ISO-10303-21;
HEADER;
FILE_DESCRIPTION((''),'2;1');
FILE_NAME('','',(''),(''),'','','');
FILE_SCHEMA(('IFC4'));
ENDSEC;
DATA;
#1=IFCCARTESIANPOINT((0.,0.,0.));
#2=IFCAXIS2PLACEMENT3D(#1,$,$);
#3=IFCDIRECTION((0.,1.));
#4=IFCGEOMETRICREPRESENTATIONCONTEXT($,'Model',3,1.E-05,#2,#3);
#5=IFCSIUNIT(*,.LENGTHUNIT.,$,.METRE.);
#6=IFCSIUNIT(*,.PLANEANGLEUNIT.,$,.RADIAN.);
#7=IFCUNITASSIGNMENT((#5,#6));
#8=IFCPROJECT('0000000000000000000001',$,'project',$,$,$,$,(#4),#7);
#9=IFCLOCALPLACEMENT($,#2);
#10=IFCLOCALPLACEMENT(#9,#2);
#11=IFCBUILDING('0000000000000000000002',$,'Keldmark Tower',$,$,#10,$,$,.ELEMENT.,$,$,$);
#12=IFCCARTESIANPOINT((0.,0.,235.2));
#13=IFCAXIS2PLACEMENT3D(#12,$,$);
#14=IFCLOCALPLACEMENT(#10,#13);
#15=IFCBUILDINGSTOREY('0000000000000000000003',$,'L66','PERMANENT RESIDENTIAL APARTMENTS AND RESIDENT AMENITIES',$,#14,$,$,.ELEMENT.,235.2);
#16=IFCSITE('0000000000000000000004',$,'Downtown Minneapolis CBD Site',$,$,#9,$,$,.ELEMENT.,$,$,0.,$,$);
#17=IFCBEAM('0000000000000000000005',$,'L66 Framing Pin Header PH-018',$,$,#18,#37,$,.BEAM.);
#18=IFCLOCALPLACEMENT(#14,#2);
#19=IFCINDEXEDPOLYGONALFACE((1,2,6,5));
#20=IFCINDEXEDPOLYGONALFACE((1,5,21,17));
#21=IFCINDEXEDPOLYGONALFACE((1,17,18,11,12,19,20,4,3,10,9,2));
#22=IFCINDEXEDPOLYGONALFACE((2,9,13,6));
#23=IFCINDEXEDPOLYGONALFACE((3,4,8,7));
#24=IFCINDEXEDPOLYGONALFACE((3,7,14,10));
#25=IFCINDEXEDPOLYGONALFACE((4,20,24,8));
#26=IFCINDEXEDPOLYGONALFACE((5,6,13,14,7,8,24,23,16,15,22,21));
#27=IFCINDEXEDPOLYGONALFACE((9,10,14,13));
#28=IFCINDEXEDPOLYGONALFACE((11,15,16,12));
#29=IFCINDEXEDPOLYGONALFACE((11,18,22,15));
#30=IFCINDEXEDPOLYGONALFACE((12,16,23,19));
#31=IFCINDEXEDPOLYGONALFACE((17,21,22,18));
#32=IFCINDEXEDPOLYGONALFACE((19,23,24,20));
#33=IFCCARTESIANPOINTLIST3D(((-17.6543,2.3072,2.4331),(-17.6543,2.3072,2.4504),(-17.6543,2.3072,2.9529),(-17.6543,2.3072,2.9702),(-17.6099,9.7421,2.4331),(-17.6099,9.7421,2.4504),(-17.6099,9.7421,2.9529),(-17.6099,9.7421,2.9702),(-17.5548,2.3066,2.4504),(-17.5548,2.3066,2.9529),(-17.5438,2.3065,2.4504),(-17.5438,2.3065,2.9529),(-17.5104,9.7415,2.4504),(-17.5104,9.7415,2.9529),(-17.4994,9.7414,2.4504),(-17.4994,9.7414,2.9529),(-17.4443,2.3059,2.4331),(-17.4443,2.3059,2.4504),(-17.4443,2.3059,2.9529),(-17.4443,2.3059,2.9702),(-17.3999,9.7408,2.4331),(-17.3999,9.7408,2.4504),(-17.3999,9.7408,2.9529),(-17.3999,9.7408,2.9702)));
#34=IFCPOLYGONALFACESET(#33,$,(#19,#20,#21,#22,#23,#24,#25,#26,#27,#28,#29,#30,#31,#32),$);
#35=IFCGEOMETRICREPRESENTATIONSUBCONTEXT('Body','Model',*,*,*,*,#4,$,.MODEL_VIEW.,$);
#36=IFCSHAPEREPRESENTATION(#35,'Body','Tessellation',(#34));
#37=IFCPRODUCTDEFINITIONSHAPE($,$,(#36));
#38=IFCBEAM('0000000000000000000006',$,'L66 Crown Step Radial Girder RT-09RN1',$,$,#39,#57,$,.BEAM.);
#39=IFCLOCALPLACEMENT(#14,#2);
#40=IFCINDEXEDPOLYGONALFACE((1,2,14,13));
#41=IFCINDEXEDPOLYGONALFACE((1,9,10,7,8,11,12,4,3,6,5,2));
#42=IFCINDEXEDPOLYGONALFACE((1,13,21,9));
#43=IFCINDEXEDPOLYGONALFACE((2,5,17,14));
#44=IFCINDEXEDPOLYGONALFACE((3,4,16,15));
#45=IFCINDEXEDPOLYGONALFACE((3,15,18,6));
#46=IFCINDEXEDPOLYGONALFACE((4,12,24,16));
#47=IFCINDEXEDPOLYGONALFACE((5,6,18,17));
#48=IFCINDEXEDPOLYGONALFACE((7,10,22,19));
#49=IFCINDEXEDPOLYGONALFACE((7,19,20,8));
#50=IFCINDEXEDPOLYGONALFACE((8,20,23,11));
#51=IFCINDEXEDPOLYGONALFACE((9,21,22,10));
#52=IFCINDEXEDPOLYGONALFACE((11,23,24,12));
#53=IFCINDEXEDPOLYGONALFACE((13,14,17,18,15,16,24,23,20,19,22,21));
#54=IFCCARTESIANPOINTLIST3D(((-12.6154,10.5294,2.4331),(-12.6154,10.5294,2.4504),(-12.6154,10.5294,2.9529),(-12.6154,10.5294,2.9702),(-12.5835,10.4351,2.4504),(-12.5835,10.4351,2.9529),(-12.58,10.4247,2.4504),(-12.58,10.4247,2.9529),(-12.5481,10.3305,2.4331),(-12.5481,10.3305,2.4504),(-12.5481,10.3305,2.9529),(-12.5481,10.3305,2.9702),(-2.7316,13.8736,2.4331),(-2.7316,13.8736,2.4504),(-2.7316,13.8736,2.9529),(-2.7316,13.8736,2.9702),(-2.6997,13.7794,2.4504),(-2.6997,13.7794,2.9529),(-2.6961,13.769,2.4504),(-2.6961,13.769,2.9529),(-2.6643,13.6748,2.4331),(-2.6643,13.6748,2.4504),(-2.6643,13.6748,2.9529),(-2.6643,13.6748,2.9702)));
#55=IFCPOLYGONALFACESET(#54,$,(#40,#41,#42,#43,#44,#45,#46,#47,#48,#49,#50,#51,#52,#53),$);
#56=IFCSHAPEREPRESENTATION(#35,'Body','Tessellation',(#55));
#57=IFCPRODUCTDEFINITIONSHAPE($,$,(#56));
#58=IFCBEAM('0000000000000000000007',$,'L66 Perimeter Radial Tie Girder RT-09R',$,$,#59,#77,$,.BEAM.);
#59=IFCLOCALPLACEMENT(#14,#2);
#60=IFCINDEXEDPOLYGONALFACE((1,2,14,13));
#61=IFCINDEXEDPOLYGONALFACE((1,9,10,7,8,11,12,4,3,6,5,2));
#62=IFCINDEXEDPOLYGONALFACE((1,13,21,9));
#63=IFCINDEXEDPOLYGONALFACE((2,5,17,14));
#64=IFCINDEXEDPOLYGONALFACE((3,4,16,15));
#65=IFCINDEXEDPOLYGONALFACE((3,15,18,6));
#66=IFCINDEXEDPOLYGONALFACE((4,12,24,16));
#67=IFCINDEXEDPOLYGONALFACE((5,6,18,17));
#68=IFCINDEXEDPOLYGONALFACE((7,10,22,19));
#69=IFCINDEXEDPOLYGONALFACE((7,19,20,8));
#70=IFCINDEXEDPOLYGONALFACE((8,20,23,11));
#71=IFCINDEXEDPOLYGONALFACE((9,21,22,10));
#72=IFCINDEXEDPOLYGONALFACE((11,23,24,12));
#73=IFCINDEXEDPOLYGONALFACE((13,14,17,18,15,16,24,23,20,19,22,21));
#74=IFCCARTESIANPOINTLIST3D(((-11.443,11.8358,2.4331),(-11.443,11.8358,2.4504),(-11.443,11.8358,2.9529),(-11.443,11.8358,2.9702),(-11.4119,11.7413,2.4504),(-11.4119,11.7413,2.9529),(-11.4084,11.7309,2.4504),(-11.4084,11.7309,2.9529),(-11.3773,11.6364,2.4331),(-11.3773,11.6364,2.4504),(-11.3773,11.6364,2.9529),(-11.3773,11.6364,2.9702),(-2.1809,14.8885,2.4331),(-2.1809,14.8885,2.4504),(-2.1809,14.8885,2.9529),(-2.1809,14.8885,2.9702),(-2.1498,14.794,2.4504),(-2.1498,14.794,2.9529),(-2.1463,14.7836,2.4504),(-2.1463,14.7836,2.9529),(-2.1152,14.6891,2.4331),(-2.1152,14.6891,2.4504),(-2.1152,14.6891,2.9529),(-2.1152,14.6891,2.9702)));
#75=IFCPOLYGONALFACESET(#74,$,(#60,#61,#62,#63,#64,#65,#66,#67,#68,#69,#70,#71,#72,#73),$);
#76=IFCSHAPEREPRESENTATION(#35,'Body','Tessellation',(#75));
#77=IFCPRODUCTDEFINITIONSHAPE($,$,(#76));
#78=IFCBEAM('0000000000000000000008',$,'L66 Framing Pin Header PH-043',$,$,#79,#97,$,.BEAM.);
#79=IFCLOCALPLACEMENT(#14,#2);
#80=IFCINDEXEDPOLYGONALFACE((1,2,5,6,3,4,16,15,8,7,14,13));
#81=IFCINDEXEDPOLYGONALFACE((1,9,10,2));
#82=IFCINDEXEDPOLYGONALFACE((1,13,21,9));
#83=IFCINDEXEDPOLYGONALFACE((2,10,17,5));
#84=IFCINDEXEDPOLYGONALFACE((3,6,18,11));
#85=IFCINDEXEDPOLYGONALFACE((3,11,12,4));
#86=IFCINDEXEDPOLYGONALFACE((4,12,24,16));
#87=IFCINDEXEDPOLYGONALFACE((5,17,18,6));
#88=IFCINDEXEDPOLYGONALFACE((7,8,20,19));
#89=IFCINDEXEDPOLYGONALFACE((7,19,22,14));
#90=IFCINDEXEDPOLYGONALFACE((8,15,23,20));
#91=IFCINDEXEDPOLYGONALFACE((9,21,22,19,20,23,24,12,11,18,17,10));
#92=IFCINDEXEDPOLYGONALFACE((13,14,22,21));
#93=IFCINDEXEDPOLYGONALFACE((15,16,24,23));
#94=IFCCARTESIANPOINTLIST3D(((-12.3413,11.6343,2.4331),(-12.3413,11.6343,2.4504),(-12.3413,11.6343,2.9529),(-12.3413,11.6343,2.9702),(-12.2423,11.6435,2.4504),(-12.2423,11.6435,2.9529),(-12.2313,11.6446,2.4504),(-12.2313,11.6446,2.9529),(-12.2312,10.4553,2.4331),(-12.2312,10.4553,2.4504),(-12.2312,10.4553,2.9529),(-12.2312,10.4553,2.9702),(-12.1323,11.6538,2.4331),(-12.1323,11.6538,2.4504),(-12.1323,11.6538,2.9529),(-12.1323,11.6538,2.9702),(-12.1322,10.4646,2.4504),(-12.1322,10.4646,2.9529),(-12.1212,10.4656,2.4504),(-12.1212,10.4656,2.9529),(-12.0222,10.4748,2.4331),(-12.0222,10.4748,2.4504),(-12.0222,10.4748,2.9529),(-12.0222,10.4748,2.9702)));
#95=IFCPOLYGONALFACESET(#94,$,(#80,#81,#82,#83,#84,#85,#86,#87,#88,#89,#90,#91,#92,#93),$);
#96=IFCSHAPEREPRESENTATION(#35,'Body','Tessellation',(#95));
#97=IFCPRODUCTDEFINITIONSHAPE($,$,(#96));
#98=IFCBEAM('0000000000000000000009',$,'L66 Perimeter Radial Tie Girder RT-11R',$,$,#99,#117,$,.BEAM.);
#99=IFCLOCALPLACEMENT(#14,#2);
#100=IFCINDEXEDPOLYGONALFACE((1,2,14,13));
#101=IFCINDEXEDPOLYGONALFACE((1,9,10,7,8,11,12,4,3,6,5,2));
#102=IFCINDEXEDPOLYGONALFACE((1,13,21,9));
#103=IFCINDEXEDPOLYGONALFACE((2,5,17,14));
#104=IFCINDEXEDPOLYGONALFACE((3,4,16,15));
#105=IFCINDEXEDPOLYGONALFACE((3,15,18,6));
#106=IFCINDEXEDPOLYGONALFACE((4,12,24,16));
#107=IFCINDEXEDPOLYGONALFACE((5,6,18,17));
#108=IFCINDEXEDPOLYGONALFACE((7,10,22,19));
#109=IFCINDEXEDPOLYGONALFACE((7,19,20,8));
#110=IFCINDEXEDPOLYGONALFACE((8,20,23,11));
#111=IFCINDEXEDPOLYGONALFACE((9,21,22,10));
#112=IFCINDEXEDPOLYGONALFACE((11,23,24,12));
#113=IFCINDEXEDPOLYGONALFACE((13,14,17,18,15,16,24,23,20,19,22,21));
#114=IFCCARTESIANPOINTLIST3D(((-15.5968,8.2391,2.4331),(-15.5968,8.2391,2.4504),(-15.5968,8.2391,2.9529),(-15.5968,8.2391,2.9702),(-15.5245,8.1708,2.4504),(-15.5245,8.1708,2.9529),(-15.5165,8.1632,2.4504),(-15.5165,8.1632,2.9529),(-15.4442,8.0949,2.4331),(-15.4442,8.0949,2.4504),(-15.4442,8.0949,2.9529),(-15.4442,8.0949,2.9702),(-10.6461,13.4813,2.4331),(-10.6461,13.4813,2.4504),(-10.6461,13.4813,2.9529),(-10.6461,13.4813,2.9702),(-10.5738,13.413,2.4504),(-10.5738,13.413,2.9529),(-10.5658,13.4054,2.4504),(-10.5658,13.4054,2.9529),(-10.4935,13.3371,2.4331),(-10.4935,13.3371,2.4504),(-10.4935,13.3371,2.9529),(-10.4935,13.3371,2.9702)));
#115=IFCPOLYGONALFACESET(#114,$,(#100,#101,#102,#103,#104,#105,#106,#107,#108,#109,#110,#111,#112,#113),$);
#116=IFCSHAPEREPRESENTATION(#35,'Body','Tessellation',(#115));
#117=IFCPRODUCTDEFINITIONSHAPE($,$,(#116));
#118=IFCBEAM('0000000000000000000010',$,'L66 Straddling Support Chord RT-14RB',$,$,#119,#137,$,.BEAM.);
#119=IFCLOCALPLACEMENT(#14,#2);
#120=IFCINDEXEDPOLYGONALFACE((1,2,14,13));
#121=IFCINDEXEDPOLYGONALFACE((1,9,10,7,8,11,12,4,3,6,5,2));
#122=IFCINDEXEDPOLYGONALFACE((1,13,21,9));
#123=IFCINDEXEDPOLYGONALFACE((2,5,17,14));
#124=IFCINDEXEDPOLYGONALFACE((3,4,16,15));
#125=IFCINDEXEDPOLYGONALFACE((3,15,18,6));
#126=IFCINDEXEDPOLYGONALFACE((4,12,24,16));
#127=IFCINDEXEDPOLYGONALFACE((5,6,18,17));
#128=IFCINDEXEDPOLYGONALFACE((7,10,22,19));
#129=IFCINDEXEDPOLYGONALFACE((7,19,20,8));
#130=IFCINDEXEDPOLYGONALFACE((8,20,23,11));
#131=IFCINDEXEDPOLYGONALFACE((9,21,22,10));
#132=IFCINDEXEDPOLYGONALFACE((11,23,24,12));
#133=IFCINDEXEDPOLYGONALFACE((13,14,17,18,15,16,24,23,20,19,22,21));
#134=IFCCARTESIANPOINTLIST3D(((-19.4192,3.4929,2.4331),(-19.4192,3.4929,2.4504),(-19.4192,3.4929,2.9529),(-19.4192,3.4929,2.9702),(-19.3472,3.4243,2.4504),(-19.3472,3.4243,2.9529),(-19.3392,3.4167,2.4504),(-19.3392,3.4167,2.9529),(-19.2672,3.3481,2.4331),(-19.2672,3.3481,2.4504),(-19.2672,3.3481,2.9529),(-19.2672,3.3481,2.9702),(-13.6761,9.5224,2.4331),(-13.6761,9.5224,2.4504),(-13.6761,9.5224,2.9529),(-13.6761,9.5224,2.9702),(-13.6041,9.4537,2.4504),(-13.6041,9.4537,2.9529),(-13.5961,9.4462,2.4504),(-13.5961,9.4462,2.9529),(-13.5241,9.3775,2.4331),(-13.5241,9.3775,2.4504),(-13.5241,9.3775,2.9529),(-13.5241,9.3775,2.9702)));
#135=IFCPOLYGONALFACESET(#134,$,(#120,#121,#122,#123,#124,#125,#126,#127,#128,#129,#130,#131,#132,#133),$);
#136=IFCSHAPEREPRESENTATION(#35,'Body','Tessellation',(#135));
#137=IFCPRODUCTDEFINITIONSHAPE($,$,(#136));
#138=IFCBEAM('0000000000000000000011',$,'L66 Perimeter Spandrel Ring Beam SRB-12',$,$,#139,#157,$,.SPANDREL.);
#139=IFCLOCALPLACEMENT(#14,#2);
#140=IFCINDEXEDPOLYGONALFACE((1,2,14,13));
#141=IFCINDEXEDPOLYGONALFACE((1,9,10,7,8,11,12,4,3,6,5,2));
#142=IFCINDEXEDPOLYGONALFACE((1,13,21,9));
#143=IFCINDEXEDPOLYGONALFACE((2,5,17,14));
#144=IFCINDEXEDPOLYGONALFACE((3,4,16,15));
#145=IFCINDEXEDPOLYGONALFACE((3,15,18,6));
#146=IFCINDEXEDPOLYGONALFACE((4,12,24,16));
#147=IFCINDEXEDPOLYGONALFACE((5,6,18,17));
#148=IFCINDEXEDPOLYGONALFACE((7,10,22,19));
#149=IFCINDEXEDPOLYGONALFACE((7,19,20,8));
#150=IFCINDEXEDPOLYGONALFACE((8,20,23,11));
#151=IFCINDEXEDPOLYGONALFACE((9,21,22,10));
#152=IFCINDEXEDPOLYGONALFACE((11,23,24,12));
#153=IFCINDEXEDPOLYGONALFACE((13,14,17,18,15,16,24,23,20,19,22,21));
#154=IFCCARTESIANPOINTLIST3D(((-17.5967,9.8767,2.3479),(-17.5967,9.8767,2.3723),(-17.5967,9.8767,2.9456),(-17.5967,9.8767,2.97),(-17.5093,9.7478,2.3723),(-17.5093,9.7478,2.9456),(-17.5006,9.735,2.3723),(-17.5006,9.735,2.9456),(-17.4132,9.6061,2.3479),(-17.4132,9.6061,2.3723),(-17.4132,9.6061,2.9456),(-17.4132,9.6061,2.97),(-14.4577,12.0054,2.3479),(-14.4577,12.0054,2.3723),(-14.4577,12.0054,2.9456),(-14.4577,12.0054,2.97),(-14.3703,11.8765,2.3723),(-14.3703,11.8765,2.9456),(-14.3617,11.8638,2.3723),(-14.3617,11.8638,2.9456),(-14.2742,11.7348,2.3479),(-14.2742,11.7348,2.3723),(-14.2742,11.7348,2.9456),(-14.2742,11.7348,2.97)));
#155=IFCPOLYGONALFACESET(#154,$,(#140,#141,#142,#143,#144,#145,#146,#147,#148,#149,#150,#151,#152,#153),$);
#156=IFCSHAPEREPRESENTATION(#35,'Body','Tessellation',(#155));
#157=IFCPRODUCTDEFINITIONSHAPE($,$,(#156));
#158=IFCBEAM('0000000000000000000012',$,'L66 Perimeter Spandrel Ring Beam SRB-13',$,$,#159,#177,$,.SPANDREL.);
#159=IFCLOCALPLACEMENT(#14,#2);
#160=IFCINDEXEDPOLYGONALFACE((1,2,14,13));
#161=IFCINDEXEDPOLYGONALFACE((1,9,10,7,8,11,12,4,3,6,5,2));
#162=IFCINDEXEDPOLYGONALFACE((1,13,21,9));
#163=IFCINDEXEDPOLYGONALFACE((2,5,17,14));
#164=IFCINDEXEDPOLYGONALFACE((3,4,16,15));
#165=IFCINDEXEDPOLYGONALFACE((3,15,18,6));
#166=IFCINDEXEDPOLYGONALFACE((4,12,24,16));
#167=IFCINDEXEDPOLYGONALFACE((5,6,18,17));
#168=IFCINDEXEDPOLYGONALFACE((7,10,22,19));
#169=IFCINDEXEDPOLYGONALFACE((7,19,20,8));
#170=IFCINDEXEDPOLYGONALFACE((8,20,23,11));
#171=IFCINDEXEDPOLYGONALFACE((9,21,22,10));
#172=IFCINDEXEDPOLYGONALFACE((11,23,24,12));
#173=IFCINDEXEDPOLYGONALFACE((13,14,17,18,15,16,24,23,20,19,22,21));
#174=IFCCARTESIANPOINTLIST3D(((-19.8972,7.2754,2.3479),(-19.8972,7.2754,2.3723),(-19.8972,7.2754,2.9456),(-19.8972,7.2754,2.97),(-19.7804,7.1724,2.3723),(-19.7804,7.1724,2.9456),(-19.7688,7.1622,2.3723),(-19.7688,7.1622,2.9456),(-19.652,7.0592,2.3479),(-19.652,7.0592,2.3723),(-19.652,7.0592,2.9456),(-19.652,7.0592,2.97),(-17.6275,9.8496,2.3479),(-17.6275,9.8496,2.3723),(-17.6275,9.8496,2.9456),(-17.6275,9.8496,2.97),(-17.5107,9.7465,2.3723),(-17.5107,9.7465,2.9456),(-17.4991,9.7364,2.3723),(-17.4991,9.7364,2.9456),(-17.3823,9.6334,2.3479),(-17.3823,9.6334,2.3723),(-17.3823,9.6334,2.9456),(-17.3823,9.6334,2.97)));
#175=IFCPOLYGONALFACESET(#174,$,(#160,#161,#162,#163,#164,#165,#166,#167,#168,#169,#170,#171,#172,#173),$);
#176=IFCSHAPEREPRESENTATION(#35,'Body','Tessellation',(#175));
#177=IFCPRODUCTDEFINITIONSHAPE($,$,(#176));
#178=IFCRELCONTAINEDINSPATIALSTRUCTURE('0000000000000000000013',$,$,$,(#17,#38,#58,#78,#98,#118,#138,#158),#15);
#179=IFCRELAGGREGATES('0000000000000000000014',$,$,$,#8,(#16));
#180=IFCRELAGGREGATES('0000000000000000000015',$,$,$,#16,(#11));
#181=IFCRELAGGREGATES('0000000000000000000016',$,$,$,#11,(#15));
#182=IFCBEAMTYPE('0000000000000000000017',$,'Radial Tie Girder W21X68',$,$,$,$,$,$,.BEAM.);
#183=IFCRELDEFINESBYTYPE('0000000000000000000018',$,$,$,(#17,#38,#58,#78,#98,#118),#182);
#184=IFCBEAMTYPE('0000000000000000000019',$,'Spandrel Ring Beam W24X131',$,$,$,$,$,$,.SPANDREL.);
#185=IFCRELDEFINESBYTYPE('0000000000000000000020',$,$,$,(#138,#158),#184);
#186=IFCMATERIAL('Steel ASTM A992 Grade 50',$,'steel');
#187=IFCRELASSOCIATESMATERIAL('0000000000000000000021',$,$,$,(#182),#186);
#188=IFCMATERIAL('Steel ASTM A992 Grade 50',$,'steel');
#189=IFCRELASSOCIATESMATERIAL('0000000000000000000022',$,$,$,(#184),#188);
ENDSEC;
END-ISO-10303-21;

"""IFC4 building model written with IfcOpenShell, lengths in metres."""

from ifc_helpers import new_model, si_unit, direction, frame, origin, origin_2d, place, context, subcontext, project, spatial, i_section, extrude, material, material_profile, profile_set, type_object, element, save


model = new_model("IFC4")

# Units and contexts
model_context = context("Model", 3, precision=1e-05, world=origin(), true_north=direction((0.0, 1.0)))
body_context = subcontext(model_context, "Body", "Model", "MODEL_VIEW")
ifc_project = project(units=[si_unit("LENGTHUNIT", "METRE"), si_unit("PLANEANGLEUNIT", "RADIAN")], contexts=[model_context])

# Site, building, storey
site_placement = place(None, origin())
site = spatial("IfcSite", under=ifc_project, at=site_placement, Name="Downtown Minneapolis CBD Site", CompositionType="ELEMENT", RefElevation=0.0)
building_placement = place(site_placement, origin())
building = spatial("IfcBuilding", under=site, at=building_placement, Name="Keldmark Tower", CompositionType="ELEMENT")
storey_placement = place(building_placement, frame((0.0, 0.0, 235.2)))
storey = spatial("IfcBuildingStorey", under=building, at=storey_placement, Name="L66", Description="PERMANENT RESIDENTIAL APARTMENTS AND RESIDENT AMENITIES", CompositionType="ELEMENT", Elevation=235.2)

# Beams
ifc_material_1 = material(Name="Steel ASTM A992 Grade 50", Category="steel")
ifc_material_profile_1 = material_profile(ifc_material_1, i_section(OverallWidth=0.21, OverallDepth=0.5371, WebThickness=0.011, FlangeThickness=0.0173, at=origin_2d()), Name="W21X68")
ifc_profile_set_1 = profile_set([ifc_material_profile_1], Name="Steel ASTM A992 Grade 50")
beam_type_1 = type_object("IfcBeamType", Name="Radial Tie Girder W21X68", PredefinedType="BEAM", material=ifc_profile_set_1)
beam_1_placement = place(storey_placement, frame((-17.5049, 9.7415, 2.7017), z_axis=(-0.005976, -0.999982, 0.0), x_axis=(0.999982, -0.005976, 0.0)))
element("IfcBeam", 1, at=beam_1_placement, inside=storey, type_object=beam_type_1, Name="L66 Framing Pin Header PH-018", PredefinedType="BEAM", context=body_context, shape_type="SweptSolid", body=[
    extrude(i_section(OverallWidth=0.21, OverallDepth=0.5371, WebThickness=0.011, FlangeThickness=0.0173, at=origin_2d()), origin(), (0.0, 0.0, 1.0), 7.4351),
])
beam_2_placement = place(storey_placement, frame((-12.5818, 10.4299, 2.7017), z_axis=(0.947246, 0.320506, 0.0), x_axis=(-0.320506, 0.947246, 0.0)))
element("IfcBeam", 2, at=beam_2_placement, inside=storey, type_object=beam_type_1, Name="L66 Crown Step Radial Girder RT-09RN1", PredefinedType="BEAM", context=body_context, shape_type="SweptSolid", body=[
    extrude(i_section(OverallWidth=0.21, OverallDepth=0.5371, WebThickness=0.011, FlangeThickness=0.0173, at=origin_2d()), origin(), (0.0, 0.0, 1.0), 10.4343),
])
beam_3_placement = place(storey_placement, frame((-11.4102, 11.7361, 2.7017), z_axis=(0.949744, 0.313027, 0.0), x_axis=(-0.313027, 0.949744, 0.0)))
element("IfcBeam", 3, at=beam_3_placement, inside=storey, type_object=beam_type_1, Name="L66 Perimeter Radial Tie Girder RT-09R", PredefinedType="BEAM", context=body_context, shape_type="SweptSolid", body=[
    extrude(i_section(OverallWidth=0.21, OverallDepth=0.5371, WebThickness=0.011, FlangeThickness=0.0173, at=origin_2d()), origin(), (0.0, 0.0, 1.0), 9.7522),
])
beam_4_placement = place(storey_placement, frame((-12.1267, 10.4651, 2.7017), z_axis=(-0.092989, 0.995667, 0.0), x_axis=(-0.995667, -0.092989, 0.0)))
element("IfcBeam", 4, at=beam_4_placement, inside=storey, type_object=beam_type_1, Name="L66 Framing Pin Header PH-043", PredefinedType="BEAM", context=body_context, shape_type="SweptSolid", body=[
    extrude(i_section(OverallWidth=0.21, OverallDepth=0.5371, WebThickness=0.011, FlangeThickness=0.0173, at=origin_2d()), origin(), (0.0, 0.0, 1.0), 1.1841),
])
beam_5_placement = place(storey_placement, frame((-15.5205, 8.167, 2.7017), z_axis=(0.686604, 0.727032, 0.0), x_axis=(-0.727032, 0.686604, 0.0)))
element("IfcBeam", 5, at=beam_5_placement, inside=storey, type_object=beam_type_1, Name="L66 Perimeter Radial Tie Girder RT-11R", PredefinedType="BEAM", context=body_context, shape_type="SweptSolid", body=[
    extrude(i_section(OverallWidth=0.21, OverallDepth=0.5371, WebThickness=0.011, FlangeThickness=0.0173, at=origin_2d()), origin(), (0.0, 0.0, 1.0), 7.2104),
])
beam_6_placement = place(storey_placement, frame((-13.6001, 9.45, 2.7017), z_axis=(-0.689702, -0.724093, 0.0), x_axis=(0.724093, -0.689702, 0.0)))
element("IfcBeam", 6, at=beam_6_placement, inside=storey, type_object=beam_type_1, Name="L66 Straddling Support Chord RT-14RB", PredefinedType="BEAM", context=body_context, shape_type="SweptSolid", body=[
    extrude(i_section(OverallWidth=0.21, OverallDepth=0.5371, WebThickness=0.011, FlangeThickness=0.0173, at=origin_2d()), origin(), (0.0, 0.0, 1.0), 8.3269),
])
ifc_material_2 = material(Name="Steel ASTM A992 Grade 50", Category="steel")
ifc_material_profile_2 = material_profile(ifc_material_2, i_section(OverallWidth=0.3269, OverallDepth=0.6221, WebThickness=0.0154, FlangeThickness=0.0244, at=origin_2d()), Name="W24X131")
ifc_profile_set_2 = profile_set([ifc_material_profile_2], Name="Steel ASTM A992 Grade 50")
beam_type_2 = type_object("IfcBeamType", Name="Spandrel Ring Beam W24X131", PredefinedType="SPANDREL", material=ifc_profile_set_2)
beam_7_placement = place(storey_placement, frame((-14.366, 11.8701, 2.6589), z_axis=(-0.827637, -0.561264, 0.0), x_axis=(0.561264, -0.827637, 0.0)))
element("IfcBeam", 7, at=beam_7_placement, inside=storey, type_object=beam_type_2, Name="L66 Perimeter Spandrel Ring Beam SRB-12", PredefinedType="SPANDREL", context=body_context, shape_type="SweptSolid", body=[
    extrude(i_section(OverallWidth=0.3269, OverallDepth=0.6221, WebThickness=0.0154, FlangeThickness=0.0244, at=origin_2d()), origin(), (0.0, 0.0, 1.0), 3.7927),
])
beam_8_placement = place(storey_placement, frame((-17.5049, 9.7415, 2.6589), z_axis=(-0.66136, -0.750068, 0.0), x_axis=(0.750068, -0.66136, 0.0)))
element("IfcBeam", 8, at=beam_8_placement, inside=storey, type_object=beam_type_2, Name="L66 Perimeter Spandrel Ring Beam SRB-13", PredefinedType="SPANDREL", context=body_context, shape_type="SweptSolid", body=[
    extrude(i_section(OverallWidth=0.3269, OverallDepth=0.6221, WebThickness=0.0154, FlangeThickness=0.0244, at=origin_2d()), origin(), (0.0, 0.0, 1.0), 3.4319),
])

save(model, "model.ifc")
